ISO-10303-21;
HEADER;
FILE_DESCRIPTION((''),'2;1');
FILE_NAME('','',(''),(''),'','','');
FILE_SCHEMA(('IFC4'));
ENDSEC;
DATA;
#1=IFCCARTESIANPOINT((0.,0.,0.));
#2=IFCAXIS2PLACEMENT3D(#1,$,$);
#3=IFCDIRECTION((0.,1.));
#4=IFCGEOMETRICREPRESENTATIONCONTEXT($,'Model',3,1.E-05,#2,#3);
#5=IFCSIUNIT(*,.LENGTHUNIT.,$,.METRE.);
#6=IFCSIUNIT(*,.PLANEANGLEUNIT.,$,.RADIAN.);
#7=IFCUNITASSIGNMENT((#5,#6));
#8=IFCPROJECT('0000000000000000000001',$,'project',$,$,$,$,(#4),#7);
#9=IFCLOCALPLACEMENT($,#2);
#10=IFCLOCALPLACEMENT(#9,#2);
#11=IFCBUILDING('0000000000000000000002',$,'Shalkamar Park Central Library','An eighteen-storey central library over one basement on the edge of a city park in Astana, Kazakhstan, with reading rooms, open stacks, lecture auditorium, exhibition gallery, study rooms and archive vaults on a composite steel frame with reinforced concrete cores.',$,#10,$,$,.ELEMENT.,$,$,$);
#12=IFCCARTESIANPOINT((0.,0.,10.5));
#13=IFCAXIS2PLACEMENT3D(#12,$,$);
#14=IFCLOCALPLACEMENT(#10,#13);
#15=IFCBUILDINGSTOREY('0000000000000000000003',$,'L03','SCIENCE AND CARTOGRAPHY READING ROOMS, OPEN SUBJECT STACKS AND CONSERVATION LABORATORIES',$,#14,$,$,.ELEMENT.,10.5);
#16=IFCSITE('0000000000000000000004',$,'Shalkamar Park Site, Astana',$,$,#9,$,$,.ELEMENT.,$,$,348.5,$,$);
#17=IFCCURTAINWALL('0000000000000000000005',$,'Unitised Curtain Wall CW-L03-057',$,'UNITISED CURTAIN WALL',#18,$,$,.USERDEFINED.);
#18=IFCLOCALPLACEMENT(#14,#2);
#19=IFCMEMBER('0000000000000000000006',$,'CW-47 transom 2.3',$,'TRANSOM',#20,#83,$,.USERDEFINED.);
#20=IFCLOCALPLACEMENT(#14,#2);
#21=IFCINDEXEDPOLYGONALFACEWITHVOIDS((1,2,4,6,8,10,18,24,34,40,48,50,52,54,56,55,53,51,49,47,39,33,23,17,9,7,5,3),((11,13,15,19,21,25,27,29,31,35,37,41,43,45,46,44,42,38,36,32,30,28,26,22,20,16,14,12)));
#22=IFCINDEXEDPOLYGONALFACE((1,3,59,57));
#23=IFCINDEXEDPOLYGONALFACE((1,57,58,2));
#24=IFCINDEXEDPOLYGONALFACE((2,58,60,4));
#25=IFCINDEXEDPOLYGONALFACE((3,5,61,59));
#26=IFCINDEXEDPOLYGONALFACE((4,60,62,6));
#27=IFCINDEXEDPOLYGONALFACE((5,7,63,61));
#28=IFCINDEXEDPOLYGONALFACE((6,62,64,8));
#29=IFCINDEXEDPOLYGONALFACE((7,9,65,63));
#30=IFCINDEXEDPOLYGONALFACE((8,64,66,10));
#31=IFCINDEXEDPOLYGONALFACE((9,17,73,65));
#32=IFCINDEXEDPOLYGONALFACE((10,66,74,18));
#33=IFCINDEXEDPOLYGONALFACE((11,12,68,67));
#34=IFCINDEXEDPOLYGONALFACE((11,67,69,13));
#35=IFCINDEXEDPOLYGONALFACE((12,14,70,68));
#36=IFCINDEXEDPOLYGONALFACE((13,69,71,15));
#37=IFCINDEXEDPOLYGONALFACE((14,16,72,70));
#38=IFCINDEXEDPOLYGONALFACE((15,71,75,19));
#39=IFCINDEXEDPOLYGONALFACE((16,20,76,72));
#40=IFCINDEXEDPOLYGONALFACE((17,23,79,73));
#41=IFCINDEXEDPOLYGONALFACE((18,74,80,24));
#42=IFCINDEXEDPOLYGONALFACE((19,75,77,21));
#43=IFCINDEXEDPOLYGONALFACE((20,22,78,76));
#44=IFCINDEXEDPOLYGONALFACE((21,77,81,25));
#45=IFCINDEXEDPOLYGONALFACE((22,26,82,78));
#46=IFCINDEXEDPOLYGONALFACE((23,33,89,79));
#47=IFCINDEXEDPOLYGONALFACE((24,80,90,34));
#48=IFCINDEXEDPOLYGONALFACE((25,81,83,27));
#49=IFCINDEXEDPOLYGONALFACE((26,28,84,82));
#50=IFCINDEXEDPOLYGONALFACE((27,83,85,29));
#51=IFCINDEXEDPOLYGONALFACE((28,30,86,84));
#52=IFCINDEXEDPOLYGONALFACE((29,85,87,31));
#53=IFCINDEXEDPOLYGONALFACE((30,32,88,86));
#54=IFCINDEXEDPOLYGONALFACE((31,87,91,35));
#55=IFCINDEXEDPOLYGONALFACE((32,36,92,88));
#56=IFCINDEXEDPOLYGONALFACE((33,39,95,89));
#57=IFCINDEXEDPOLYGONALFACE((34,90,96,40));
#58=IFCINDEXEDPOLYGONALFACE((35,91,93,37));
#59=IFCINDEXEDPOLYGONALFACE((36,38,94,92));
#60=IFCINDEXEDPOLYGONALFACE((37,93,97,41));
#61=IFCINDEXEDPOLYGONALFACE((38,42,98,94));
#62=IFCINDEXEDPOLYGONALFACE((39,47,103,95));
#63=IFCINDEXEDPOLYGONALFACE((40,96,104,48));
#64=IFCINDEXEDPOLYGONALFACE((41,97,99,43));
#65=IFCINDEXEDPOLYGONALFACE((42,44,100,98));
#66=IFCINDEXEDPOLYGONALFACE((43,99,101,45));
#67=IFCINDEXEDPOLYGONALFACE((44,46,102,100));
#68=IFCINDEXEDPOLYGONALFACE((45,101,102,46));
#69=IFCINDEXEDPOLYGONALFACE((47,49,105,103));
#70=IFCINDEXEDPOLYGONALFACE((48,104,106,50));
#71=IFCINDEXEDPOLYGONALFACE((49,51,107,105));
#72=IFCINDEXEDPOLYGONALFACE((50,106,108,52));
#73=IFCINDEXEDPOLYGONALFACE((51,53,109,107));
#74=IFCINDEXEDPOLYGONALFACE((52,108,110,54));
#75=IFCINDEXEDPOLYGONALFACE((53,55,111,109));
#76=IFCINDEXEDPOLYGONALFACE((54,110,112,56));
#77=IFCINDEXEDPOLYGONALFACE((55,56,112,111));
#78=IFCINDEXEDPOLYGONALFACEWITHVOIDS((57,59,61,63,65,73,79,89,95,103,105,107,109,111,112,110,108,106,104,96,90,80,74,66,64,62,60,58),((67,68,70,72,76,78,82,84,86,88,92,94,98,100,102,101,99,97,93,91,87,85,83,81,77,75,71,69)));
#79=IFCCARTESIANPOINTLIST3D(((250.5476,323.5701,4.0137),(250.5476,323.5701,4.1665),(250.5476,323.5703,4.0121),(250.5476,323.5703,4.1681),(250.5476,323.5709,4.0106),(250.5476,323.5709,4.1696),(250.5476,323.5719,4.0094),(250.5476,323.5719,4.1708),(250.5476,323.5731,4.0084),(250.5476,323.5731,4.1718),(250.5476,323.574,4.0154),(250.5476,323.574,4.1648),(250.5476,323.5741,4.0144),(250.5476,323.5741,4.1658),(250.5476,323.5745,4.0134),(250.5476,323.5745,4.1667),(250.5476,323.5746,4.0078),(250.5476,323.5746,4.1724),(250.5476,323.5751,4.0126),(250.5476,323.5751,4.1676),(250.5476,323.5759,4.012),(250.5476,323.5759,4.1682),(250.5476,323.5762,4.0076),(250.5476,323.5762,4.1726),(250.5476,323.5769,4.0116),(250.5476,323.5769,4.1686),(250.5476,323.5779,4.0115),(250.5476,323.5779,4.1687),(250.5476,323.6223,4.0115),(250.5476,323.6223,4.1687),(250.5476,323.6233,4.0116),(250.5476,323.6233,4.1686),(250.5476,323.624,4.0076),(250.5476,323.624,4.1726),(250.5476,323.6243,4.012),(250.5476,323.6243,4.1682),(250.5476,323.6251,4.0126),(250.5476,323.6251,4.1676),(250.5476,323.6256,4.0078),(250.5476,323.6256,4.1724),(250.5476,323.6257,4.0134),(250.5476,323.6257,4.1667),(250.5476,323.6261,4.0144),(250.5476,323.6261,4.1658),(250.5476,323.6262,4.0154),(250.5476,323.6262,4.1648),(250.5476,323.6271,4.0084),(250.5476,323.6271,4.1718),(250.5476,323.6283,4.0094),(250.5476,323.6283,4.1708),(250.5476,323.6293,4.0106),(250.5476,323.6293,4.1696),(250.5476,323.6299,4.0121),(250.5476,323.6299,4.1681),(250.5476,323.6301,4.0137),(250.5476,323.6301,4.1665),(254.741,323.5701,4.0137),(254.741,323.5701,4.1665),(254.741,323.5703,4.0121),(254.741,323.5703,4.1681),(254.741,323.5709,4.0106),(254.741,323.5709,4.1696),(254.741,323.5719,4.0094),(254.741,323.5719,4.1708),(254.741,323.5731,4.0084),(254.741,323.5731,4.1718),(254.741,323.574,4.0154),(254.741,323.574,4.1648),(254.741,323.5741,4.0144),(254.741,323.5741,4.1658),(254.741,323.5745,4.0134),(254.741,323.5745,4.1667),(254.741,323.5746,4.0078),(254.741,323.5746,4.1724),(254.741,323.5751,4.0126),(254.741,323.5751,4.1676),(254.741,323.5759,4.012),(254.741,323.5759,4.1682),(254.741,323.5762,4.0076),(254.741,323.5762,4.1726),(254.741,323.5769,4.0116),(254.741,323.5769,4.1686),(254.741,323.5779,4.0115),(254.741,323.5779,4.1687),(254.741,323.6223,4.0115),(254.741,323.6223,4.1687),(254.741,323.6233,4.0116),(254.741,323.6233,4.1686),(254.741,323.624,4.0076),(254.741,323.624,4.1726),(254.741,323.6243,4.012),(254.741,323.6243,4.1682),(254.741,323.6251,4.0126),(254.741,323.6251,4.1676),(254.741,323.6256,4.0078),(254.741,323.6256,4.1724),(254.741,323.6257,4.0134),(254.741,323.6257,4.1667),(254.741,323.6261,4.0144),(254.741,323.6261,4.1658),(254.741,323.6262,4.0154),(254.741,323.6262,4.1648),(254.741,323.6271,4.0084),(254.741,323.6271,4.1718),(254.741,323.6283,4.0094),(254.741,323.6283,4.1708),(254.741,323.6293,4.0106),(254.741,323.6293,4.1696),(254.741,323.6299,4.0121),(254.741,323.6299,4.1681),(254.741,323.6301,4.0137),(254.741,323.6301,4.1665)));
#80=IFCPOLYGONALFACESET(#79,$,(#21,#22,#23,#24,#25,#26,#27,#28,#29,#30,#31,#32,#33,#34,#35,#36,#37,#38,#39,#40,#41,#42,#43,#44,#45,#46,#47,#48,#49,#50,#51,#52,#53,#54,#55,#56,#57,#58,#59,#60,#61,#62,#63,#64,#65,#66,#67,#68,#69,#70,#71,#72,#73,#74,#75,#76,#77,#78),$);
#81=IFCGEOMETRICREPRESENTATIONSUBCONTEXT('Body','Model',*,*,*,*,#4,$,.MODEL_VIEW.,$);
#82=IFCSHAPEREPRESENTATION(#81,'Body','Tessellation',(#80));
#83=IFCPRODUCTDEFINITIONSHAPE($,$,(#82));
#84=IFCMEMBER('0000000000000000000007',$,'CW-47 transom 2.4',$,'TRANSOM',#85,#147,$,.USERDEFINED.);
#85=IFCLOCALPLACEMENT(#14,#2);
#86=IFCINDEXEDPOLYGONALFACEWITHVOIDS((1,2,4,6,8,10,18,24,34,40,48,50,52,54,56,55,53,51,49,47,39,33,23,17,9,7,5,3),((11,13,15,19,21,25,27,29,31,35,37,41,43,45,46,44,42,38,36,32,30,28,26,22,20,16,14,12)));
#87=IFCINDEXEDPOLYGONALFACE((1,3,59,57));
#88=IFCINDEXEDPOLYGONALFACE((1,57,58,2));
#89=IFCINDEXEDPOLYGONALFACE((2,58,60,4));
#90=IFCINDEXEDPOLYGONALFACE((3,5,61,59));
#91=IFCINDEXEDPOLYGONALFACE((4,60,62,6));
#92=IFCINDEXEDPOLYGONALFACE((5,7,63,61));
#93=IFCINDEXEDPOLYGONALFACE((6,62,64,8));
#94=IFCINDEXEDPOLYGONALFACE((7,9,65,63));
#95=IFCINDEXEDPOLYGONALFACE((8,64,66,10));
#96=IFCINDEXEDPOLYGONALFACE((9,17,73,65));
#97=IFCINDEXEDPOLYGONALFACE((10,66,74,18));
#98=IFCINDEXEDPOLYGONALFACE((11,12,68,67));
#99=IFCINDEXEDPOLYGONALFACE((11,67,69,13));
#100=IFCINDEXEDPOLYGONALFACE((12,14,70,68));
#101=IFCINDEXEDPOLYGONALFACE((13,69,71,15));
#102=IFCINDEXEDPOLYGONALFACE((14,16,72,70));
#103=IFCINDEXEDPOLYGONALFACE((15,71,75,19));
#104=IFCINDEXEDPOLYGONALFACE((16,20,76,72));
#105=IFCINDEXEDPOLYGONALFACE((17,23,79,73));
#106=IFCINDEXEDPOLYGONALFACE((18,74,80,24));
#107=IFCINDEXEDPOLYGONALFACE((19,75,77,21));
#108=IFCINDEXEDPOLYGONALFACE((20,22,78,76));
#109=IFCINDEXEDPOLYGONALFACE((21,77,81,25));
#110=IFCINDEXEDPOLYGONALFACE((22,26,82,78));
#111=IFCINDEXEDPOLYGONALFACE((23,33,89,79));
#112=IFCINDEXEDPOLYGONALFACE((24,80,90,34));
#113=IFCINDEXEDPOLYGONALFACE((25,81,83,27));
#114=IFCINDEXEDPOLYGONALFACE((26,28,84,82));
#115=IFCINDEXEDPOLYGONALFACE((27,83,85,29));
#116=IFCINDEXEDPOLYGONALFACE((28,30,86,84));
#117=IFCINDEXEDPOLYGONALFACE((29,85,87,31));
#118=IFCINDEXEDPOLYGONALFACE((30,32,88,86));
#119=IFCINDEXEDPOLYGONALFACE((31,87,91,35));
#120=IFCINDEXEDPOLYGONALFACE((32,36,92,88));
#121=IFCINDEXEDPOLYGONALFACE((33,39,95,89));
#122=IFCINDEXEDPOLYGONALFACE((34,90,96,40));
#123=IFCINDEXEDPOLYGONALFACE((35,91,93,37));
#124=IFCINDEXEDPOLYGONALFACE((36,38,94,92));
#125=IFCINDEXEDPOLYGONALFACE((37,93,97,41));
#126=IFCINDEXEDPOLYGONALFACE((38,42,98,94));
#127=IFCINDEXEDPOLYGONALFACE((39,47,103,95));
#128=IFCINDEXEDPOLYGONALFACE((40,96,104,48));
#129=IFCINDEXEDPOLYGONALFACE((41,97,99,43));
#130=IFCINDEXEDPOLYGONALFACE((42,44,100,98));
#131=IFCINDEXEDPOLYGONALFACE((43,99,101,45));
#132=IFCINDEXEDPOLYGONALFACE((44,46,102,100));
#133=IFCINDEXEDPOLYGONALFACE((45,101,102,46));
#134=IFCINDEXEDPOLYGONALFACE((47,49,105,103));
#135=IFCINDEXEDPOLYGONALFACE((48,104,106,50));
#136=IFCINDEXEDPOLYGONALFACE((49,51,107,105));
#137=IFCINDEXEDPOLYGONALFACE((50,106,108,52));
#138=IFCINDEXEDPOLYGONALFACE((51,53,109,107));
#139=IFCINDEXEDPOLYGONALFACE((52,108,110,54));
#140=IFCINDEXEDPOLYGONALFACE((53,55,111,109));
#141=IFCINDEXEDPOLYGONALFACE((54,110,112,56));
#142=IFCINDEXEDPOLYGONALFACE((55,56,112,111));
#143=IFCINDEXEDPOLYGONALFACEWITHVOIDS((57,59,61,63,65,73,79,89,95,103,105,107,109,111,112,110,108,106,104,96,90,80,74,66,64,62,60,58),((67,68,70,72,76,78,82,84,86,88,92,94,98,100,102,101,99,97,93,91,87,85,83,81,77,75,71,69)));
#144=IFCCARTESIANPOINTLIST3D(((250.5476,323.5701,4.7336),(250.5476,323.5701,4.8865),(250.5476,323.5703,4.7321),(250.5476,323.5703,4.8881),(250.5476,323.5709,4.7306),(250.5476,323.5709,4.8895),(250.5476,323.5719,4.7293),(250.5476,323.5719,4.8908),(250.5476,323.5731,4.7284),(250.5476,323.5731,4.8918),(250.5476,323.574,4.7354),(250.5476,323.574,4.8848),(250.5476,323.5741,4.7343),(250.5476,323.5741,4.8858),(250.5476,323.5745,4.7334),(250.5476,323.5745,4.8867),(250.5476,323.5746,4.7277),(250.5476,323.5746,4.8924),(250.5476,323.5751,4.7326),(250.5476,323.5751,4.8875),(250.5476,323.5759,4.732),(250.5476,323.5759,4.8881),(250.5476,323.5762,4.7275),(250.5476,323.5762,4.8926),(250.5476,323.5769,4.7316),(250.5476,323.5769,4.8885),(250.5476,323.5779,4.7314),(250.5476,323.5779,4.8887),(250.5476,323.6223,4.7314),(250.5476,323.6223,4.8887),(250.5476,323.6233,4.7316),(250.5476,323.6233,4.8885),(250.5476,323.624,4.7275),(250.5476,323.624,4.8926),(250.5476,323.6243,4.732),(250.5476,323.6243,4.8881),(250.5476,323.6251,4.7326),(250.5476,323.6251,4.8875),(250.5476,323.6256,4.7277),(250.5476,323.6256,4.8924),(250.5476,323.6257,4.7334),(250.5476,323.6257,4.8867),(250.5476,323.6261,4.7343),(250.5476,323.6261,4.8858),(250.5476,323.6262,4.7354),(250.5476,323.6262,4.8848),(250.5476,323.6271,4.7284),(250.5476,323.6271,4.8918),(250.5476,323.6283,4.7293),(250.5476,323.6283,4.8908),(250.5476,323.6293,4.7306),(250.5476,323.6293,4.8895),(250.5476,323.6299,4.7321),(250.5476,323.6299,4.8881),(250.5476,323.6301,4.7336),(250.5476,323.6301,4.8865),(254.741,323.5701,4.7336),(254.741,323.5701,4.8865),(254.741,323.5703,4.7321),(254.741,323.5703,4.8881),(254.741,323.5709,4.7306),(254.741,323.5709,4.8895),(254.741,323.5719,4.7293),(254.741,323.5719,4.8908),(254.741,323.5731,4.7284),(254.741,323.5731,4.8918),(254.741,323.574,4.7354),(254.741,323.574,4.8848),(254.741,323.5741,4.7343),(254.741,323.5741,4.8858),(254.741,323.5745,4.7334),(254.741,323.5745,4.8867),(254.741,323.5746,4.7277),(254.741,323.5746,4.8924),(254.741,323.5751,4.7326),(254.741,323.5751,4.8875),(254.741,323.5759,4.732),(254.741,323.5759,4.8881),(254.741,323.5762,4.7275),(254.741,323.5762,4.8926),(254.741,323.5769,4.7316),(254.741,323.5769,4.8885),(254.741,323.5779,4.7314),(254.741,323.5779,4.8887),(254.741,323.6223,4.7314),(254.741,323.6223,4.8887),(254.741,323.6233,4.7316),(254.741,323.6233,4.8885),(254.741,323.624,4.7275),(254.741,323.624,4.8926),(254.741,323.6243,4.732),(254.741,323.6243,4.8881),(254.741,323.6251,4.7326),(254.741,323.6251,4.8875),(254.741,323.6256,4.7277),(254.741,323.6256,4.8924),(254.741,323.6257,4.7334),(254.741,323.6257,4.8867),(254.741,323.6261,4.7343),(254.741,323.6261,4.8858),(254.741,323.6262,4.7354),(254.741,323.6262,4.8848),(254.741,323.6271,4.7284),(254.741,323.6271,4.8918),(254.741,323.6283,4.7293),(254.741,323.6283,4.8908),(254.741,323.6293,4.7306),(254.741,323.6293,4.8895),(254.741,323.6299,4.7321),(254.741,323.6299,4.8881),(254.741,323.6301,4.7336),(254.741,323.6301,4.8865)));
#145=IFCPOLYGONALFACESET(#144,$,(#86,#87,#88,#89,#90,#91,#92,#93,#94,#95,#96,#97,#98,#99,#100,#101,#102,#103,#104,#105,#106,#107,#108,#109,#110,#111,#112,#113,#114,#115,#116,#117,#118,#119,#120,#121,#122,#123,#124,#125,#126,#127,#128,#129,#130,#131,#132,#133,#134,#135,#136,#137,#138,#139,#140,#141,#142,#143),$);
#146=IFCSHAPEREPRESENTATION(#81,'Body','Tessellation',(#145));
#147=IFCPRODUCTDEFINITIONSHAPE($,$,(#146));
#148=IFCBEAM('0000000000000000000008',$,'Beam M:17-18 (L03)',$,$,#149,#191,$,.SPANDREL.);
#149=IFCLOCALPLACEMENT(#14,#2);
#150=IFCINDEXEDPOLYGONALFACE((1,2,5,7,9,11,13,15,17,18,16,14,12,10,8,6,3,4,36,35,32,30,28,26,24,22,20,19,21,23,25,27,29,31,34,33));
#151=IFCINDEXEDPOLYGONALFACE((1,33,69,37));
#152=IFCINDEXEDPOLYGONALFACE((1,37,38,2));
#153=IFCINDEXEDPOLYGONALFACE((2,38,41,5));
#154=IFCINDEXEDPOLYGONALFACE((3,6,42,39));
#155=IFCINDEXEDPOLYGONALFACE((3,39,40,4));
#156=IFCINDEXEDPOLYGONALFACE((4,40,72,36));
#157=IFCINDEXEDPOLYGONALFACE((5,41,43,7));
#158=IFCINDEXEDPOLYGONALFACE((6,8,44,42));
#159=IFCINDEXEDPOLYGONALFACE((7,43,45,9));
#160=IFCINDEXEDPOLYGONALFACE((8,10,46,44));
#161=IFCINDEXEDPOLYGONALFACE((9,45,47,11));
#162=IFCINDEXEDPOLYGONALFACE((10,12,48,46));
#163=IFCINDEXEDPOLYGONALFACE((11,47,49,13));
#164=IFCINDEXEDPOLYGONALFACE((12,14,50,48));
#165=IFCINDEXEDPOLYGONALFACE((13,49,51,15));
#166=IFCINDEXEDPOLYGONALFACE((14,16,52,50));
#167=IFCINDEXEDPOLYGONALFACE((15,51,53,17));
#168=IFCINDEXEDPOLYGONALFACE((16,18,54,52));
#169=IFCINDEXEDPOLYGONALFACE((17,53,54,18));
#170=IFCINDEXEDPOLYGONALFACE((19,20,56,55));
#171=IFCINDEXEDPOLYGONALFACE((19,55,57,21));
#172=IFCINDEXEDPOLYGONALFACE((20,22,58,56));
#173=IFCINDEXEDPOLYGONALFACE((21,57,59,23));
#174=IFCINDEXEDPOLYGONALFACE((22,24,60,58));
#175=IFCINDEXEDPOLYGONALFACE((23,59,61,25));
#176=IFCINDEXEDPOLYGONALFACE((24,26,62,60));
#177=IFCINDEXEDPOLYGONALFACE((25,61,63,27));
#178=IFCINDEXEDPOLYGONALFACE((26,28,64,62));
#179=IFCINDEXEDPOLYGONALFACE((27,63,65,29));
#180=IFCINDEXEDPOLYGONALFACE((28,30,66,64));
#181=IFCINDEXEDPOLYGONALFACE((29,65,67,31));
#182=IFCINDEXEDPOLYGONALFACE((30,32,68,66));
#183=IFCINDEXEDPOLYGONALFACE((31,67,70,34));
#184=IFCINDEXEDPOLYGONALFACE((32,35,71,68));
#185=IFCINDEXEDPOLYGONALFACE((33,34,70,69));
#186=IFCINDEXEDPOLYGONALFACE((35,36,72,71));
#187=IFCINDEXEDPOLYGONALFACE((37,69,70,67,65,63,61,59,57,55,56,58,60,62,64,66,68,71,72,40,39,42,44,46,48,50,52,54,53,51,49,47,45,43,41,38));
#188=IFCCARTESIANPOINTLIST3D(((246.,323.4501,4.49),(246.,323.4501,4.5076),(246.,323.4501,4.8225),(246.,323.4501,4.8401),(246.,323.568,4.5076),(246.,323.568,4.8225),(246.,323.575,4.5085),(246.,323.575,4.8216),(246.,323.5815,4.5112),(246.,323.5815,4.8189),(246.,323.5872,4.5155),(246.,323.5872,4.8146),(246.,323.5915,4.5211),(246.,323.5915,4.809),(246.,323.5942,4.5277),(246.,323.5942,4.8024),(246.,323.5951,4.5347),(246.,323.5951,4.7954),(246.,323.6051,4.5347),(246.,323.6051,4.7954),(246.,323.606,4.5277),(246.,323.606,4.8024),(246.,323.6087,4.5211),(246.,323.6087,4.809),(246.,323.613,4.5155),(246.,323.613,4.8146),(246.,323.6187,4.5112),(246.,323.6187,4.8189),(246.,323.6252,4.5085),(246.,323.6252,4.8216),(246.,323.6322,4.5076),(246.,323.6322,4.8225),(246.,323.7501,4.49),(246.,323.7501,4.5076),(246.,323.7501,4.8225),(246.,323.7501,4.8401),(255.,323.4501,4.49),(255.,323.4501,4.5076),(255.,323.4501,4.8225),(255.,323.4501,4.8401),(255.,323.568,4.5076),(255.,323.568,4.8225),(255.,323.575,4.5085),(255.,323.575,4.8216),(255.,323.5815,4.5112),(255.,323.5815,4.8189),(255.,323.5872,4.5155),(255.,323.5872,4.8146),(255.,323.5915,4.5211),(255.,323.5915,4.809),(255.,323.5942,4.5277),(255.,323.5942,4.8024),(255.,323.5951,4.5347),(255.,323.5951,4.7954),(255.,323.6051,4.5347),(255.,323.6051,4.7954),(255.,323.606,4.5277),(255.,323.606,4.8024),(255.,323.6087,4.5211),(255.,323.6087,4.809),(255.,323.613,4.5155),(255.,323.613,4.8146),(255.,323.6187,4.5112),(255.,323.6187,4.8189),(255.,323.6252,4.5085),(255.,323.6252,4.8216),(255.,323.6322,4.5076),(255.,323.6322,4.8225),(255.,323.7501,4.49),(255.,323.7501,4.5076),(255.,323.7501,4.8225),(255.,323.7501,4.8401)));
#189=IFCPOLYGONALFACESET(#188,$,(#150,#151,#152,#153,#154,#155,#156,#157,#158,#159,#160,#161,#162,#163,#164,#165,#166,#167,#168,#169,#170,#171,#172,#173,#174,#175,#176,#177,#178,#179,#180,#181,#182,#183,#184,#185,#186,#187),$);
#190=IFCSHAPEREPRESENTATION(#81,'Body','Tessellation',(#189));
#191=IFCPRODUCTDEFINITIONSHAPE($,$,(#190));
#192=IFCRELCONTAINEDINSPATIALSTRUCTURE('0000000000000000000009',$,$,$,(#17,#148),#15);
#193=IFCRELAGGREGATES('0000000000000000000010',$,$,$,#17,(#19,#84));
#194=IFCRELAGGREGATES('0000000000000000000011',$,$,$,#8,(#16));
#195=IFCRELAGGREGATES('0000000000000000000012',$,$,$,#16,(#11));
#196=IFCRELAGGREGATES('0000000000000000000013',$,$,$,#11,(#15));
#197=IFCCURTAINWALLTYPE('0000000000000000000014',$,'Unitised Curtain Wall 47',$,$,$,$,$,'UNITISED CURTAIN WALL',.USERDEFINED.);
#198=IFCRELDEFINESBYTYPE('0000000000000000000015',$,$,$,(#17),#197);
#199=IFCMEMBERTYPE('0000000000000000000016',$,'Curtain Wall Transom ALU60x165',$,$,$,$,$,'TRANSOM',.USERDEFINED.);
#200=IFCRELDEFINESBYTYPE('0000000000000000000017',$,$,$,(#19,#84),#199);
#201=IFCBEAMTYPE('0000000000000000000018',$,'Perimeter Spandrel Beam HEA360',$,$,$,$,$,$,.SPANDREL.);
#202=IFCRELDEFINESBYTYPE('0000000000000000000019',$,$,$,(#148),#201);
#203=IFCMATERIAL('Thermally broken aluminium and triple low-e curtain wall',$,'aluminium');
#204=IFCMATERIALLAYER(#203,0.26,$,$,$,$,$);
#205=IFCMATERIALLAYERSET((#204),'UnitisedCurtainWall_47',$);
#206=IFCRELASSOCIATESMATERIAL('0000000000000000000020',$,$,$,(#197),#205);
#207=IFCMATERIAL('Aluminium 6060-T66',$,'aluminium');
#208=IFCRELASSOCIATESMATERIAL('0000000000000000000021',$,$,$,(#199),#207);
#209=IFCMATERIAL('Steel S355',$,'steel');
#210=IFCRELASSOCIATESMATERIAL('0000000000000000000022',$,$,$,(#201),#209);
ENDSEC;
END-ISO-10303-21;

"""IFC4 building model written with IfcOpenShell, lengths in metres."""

from ifc_helpers import new_model, si_unit, direction, frame, origin, origin_2d, place, context, subcontext, project, spatial, hollow_rectangle, i_section, extrude, material, layer, layer_set, material_profile, profile_set, type_object, element, aggregate, save


model = new_model("IFC4")

# Units and contexts
model_context = context("Model", 3, precision=1e-05, world=origin(), true_north=direction((0.0, 1.0)))
body_context = subcontext(model_context, "Body", "Model", "MODEL_VIEW")
ifc_project = project(units=[si_unit("LENGTHUNIT", "METRE"), si_unit("PLANEANGLEUNIT", "RADIAN")], contexts=[model_context])

# Site, building, storey
site_placement = place(None, origin())
site = spatial("IfcSite", under=ifc_project, at=site_placement, Name="Shalkamar Park Site, Astana", CompositionType="ELEMENT", RefElevation=348.5)
building_placement = place(site_placement, origin())
building = spatial("IfcBuilding", under=site, at=building_placement, Name="Shalkamar Park Central Library", Description="An eighteen-storey central library over one basement on the edge of a city park in Astana, Kazakhstan, with reading rooms, open stacks, lecture auditorium, exhibition gallery, study rooms and archive vaults on a composite steel frame with reinforced concrete cores.", CompositionType="ELEMENT")
storey_placement = place(building_placement, frame((0.0, 0.0, 10.5)))
storey = spatial("IfcBuildingStorey", under=building, at=storey_placement, Name="L03", Description="SCIENCE AND CARTOGRAPHY READING ROOMS, OPEN SUBJECT STACKS AND CONSERVATION LABORATORIES", CompositionType="ELEMENT", Elevation=10.5)

# Shared definitions
ifc_material_1 = material(Name="Steel S355", Category="steel")

# Shared definitions
ifc_material_2 = material(Name="Thermally broken aluminium and triple low-e curtain wall", Category="aluminium")
ifc_material_3 = material(Name="Aluminium 6060-T66", Category="aluminium")

# Curtain wall, members
ifc_layer_1 = layer(ifc_material_2, 0.26)
ifc_layer_set_1 = layer_set([ifc_layer_1], Name="UnitisedCurtainWall_47")
curtain_wall_type_1 = type_object("IfcCurtainWallType", Name="Unitised Curtain Wall 47", ElementType="UNITISED CURTAIN WALL", PredefinedType="USERDEFINED", material=ifc_layer_set_1)
curtain_wall_1_placement = place(storey_placement, origin())
curtain_wall_1 = element("IfcCurtainWall", 1, at=curtain_wall_1_placement, inside=storey, type_object=curtain_wall_type_1, Name="Unitised Curtain Wall CW-L03-057", ObjectType="UNITISED CURTAIN WALL", PredefinedType="USERDEFINED")
ifc_material_profile_1 = material_profile(ifc_material_3, hollow_rectangle(XDim=0.0601, YDim=0.165, WallThickness=0.0039, InnerFilletRadius=0.0039, OuterFilletRadius=0.0061, at=origin_2d()), Name="ALU 60x165x4")
ifc_profile_set_1 = profile_set([ifc_material_profile_1], Name="Aluminium 6060-T66")
member_type_1 = type_object("IfcMemberType", Name="Curtain Wall Transom ALU60x165", ElementType="TRANSOM", PredefinedType="USERDEFINED", material=ifc_profile_set_1)
member_1_placement = place(storey_placement, frame((250.5476, 323.6001, 4.0901), z_axis=(1.0, 0.0, 0.0), x_axis=(0.0, 1.0, 0.0)))
member_1 = element("IfcMember", 2, at=member_1_placement, type_object=member_type_1, Name="CW-47 transom 2.3", ObjectType="TRANSOM", PredefinedType="USERDEFINED", context=body_context, shape_type="SweptSolid", body=[
    extrude(hollow_rectangle(XDim=0.0601, YDim=0.165, WallThickness=0.0039, InnerFilletRadius=0.0039, OuterFilletRadius=0.0061, at=origin_2d()), origin(), (0.0, 0.0, 1.0), 4.1934),
])
member_2_placement = place(storey_placement, frame((250.5476, 323.6001, 4.8101), z_axis=(1.0, 0.0, 0.0), x_axis=(0.0, 1.0, 0.0)))
member_2 = element("IfcMember", 3, at=member_2_placement, type_object=member_type_1, Name="CW-47 transom 2.4", ObjectType="TRANSOM", PredefinedType="USERDEFINED", context=body_context, shape_type="SweptSolid", body=[
    extrude(hollow_rectangle(XDim=0.0601, YDim=0.165, WallThickness=0.0039, InnerFilletRadius=0.0039, OuterFilletRadius=0.0061, at=origin_2d()), origin(), (0.0, 0.0, 1.0), 4.1934),
])

# Beam
ifc_material_profile_2 = material_profile(ifc_material_1, i_section(OverallWidth=0.3, OverallDepth=0.3501, WebThickness=0.01, FlangeThickness=0.0176, FilletRadius=0.0271, at=origin_2d()), Name="HEA 360")
ifc_profile_set_2 = profile_set([ifc_material_profile_2], Name="Steel S355")
beam_type_1 = type_object("IfcBeamType", Name="Perimeter Spandrel Beam HEA360", PredefinedType="SPANDREL", material=ifc_profile_set_2)
beam_1_placement = place(storey_placement, frame((246.0, 323.6001, 4.665), z_axis=(1.0, 0.0, 0.0), x_axis=(0.0, 1.0, 0.0)))
element("IfcBeam", 4, at=beam_1_placement, inside=storey, type_object=beam_type_1, Name="Beam M:17-18 (L03)", PredefinedType="SPANDREL", context=body_context, shape_type="SweptSolid", body=[
    extrude(i_section(OverallWidth=0.3, OverallDepth=0.3501, WebThickness=0.01, FlangeThickness=0.0176, FilletRadius=0.0271, at=origin_2d()), origin(), (0.0, 0.0, 1.0), 9.0),
])

aggregate(curtain_wall_1, [member_1, member_2])

save(model, "model.ifc")
